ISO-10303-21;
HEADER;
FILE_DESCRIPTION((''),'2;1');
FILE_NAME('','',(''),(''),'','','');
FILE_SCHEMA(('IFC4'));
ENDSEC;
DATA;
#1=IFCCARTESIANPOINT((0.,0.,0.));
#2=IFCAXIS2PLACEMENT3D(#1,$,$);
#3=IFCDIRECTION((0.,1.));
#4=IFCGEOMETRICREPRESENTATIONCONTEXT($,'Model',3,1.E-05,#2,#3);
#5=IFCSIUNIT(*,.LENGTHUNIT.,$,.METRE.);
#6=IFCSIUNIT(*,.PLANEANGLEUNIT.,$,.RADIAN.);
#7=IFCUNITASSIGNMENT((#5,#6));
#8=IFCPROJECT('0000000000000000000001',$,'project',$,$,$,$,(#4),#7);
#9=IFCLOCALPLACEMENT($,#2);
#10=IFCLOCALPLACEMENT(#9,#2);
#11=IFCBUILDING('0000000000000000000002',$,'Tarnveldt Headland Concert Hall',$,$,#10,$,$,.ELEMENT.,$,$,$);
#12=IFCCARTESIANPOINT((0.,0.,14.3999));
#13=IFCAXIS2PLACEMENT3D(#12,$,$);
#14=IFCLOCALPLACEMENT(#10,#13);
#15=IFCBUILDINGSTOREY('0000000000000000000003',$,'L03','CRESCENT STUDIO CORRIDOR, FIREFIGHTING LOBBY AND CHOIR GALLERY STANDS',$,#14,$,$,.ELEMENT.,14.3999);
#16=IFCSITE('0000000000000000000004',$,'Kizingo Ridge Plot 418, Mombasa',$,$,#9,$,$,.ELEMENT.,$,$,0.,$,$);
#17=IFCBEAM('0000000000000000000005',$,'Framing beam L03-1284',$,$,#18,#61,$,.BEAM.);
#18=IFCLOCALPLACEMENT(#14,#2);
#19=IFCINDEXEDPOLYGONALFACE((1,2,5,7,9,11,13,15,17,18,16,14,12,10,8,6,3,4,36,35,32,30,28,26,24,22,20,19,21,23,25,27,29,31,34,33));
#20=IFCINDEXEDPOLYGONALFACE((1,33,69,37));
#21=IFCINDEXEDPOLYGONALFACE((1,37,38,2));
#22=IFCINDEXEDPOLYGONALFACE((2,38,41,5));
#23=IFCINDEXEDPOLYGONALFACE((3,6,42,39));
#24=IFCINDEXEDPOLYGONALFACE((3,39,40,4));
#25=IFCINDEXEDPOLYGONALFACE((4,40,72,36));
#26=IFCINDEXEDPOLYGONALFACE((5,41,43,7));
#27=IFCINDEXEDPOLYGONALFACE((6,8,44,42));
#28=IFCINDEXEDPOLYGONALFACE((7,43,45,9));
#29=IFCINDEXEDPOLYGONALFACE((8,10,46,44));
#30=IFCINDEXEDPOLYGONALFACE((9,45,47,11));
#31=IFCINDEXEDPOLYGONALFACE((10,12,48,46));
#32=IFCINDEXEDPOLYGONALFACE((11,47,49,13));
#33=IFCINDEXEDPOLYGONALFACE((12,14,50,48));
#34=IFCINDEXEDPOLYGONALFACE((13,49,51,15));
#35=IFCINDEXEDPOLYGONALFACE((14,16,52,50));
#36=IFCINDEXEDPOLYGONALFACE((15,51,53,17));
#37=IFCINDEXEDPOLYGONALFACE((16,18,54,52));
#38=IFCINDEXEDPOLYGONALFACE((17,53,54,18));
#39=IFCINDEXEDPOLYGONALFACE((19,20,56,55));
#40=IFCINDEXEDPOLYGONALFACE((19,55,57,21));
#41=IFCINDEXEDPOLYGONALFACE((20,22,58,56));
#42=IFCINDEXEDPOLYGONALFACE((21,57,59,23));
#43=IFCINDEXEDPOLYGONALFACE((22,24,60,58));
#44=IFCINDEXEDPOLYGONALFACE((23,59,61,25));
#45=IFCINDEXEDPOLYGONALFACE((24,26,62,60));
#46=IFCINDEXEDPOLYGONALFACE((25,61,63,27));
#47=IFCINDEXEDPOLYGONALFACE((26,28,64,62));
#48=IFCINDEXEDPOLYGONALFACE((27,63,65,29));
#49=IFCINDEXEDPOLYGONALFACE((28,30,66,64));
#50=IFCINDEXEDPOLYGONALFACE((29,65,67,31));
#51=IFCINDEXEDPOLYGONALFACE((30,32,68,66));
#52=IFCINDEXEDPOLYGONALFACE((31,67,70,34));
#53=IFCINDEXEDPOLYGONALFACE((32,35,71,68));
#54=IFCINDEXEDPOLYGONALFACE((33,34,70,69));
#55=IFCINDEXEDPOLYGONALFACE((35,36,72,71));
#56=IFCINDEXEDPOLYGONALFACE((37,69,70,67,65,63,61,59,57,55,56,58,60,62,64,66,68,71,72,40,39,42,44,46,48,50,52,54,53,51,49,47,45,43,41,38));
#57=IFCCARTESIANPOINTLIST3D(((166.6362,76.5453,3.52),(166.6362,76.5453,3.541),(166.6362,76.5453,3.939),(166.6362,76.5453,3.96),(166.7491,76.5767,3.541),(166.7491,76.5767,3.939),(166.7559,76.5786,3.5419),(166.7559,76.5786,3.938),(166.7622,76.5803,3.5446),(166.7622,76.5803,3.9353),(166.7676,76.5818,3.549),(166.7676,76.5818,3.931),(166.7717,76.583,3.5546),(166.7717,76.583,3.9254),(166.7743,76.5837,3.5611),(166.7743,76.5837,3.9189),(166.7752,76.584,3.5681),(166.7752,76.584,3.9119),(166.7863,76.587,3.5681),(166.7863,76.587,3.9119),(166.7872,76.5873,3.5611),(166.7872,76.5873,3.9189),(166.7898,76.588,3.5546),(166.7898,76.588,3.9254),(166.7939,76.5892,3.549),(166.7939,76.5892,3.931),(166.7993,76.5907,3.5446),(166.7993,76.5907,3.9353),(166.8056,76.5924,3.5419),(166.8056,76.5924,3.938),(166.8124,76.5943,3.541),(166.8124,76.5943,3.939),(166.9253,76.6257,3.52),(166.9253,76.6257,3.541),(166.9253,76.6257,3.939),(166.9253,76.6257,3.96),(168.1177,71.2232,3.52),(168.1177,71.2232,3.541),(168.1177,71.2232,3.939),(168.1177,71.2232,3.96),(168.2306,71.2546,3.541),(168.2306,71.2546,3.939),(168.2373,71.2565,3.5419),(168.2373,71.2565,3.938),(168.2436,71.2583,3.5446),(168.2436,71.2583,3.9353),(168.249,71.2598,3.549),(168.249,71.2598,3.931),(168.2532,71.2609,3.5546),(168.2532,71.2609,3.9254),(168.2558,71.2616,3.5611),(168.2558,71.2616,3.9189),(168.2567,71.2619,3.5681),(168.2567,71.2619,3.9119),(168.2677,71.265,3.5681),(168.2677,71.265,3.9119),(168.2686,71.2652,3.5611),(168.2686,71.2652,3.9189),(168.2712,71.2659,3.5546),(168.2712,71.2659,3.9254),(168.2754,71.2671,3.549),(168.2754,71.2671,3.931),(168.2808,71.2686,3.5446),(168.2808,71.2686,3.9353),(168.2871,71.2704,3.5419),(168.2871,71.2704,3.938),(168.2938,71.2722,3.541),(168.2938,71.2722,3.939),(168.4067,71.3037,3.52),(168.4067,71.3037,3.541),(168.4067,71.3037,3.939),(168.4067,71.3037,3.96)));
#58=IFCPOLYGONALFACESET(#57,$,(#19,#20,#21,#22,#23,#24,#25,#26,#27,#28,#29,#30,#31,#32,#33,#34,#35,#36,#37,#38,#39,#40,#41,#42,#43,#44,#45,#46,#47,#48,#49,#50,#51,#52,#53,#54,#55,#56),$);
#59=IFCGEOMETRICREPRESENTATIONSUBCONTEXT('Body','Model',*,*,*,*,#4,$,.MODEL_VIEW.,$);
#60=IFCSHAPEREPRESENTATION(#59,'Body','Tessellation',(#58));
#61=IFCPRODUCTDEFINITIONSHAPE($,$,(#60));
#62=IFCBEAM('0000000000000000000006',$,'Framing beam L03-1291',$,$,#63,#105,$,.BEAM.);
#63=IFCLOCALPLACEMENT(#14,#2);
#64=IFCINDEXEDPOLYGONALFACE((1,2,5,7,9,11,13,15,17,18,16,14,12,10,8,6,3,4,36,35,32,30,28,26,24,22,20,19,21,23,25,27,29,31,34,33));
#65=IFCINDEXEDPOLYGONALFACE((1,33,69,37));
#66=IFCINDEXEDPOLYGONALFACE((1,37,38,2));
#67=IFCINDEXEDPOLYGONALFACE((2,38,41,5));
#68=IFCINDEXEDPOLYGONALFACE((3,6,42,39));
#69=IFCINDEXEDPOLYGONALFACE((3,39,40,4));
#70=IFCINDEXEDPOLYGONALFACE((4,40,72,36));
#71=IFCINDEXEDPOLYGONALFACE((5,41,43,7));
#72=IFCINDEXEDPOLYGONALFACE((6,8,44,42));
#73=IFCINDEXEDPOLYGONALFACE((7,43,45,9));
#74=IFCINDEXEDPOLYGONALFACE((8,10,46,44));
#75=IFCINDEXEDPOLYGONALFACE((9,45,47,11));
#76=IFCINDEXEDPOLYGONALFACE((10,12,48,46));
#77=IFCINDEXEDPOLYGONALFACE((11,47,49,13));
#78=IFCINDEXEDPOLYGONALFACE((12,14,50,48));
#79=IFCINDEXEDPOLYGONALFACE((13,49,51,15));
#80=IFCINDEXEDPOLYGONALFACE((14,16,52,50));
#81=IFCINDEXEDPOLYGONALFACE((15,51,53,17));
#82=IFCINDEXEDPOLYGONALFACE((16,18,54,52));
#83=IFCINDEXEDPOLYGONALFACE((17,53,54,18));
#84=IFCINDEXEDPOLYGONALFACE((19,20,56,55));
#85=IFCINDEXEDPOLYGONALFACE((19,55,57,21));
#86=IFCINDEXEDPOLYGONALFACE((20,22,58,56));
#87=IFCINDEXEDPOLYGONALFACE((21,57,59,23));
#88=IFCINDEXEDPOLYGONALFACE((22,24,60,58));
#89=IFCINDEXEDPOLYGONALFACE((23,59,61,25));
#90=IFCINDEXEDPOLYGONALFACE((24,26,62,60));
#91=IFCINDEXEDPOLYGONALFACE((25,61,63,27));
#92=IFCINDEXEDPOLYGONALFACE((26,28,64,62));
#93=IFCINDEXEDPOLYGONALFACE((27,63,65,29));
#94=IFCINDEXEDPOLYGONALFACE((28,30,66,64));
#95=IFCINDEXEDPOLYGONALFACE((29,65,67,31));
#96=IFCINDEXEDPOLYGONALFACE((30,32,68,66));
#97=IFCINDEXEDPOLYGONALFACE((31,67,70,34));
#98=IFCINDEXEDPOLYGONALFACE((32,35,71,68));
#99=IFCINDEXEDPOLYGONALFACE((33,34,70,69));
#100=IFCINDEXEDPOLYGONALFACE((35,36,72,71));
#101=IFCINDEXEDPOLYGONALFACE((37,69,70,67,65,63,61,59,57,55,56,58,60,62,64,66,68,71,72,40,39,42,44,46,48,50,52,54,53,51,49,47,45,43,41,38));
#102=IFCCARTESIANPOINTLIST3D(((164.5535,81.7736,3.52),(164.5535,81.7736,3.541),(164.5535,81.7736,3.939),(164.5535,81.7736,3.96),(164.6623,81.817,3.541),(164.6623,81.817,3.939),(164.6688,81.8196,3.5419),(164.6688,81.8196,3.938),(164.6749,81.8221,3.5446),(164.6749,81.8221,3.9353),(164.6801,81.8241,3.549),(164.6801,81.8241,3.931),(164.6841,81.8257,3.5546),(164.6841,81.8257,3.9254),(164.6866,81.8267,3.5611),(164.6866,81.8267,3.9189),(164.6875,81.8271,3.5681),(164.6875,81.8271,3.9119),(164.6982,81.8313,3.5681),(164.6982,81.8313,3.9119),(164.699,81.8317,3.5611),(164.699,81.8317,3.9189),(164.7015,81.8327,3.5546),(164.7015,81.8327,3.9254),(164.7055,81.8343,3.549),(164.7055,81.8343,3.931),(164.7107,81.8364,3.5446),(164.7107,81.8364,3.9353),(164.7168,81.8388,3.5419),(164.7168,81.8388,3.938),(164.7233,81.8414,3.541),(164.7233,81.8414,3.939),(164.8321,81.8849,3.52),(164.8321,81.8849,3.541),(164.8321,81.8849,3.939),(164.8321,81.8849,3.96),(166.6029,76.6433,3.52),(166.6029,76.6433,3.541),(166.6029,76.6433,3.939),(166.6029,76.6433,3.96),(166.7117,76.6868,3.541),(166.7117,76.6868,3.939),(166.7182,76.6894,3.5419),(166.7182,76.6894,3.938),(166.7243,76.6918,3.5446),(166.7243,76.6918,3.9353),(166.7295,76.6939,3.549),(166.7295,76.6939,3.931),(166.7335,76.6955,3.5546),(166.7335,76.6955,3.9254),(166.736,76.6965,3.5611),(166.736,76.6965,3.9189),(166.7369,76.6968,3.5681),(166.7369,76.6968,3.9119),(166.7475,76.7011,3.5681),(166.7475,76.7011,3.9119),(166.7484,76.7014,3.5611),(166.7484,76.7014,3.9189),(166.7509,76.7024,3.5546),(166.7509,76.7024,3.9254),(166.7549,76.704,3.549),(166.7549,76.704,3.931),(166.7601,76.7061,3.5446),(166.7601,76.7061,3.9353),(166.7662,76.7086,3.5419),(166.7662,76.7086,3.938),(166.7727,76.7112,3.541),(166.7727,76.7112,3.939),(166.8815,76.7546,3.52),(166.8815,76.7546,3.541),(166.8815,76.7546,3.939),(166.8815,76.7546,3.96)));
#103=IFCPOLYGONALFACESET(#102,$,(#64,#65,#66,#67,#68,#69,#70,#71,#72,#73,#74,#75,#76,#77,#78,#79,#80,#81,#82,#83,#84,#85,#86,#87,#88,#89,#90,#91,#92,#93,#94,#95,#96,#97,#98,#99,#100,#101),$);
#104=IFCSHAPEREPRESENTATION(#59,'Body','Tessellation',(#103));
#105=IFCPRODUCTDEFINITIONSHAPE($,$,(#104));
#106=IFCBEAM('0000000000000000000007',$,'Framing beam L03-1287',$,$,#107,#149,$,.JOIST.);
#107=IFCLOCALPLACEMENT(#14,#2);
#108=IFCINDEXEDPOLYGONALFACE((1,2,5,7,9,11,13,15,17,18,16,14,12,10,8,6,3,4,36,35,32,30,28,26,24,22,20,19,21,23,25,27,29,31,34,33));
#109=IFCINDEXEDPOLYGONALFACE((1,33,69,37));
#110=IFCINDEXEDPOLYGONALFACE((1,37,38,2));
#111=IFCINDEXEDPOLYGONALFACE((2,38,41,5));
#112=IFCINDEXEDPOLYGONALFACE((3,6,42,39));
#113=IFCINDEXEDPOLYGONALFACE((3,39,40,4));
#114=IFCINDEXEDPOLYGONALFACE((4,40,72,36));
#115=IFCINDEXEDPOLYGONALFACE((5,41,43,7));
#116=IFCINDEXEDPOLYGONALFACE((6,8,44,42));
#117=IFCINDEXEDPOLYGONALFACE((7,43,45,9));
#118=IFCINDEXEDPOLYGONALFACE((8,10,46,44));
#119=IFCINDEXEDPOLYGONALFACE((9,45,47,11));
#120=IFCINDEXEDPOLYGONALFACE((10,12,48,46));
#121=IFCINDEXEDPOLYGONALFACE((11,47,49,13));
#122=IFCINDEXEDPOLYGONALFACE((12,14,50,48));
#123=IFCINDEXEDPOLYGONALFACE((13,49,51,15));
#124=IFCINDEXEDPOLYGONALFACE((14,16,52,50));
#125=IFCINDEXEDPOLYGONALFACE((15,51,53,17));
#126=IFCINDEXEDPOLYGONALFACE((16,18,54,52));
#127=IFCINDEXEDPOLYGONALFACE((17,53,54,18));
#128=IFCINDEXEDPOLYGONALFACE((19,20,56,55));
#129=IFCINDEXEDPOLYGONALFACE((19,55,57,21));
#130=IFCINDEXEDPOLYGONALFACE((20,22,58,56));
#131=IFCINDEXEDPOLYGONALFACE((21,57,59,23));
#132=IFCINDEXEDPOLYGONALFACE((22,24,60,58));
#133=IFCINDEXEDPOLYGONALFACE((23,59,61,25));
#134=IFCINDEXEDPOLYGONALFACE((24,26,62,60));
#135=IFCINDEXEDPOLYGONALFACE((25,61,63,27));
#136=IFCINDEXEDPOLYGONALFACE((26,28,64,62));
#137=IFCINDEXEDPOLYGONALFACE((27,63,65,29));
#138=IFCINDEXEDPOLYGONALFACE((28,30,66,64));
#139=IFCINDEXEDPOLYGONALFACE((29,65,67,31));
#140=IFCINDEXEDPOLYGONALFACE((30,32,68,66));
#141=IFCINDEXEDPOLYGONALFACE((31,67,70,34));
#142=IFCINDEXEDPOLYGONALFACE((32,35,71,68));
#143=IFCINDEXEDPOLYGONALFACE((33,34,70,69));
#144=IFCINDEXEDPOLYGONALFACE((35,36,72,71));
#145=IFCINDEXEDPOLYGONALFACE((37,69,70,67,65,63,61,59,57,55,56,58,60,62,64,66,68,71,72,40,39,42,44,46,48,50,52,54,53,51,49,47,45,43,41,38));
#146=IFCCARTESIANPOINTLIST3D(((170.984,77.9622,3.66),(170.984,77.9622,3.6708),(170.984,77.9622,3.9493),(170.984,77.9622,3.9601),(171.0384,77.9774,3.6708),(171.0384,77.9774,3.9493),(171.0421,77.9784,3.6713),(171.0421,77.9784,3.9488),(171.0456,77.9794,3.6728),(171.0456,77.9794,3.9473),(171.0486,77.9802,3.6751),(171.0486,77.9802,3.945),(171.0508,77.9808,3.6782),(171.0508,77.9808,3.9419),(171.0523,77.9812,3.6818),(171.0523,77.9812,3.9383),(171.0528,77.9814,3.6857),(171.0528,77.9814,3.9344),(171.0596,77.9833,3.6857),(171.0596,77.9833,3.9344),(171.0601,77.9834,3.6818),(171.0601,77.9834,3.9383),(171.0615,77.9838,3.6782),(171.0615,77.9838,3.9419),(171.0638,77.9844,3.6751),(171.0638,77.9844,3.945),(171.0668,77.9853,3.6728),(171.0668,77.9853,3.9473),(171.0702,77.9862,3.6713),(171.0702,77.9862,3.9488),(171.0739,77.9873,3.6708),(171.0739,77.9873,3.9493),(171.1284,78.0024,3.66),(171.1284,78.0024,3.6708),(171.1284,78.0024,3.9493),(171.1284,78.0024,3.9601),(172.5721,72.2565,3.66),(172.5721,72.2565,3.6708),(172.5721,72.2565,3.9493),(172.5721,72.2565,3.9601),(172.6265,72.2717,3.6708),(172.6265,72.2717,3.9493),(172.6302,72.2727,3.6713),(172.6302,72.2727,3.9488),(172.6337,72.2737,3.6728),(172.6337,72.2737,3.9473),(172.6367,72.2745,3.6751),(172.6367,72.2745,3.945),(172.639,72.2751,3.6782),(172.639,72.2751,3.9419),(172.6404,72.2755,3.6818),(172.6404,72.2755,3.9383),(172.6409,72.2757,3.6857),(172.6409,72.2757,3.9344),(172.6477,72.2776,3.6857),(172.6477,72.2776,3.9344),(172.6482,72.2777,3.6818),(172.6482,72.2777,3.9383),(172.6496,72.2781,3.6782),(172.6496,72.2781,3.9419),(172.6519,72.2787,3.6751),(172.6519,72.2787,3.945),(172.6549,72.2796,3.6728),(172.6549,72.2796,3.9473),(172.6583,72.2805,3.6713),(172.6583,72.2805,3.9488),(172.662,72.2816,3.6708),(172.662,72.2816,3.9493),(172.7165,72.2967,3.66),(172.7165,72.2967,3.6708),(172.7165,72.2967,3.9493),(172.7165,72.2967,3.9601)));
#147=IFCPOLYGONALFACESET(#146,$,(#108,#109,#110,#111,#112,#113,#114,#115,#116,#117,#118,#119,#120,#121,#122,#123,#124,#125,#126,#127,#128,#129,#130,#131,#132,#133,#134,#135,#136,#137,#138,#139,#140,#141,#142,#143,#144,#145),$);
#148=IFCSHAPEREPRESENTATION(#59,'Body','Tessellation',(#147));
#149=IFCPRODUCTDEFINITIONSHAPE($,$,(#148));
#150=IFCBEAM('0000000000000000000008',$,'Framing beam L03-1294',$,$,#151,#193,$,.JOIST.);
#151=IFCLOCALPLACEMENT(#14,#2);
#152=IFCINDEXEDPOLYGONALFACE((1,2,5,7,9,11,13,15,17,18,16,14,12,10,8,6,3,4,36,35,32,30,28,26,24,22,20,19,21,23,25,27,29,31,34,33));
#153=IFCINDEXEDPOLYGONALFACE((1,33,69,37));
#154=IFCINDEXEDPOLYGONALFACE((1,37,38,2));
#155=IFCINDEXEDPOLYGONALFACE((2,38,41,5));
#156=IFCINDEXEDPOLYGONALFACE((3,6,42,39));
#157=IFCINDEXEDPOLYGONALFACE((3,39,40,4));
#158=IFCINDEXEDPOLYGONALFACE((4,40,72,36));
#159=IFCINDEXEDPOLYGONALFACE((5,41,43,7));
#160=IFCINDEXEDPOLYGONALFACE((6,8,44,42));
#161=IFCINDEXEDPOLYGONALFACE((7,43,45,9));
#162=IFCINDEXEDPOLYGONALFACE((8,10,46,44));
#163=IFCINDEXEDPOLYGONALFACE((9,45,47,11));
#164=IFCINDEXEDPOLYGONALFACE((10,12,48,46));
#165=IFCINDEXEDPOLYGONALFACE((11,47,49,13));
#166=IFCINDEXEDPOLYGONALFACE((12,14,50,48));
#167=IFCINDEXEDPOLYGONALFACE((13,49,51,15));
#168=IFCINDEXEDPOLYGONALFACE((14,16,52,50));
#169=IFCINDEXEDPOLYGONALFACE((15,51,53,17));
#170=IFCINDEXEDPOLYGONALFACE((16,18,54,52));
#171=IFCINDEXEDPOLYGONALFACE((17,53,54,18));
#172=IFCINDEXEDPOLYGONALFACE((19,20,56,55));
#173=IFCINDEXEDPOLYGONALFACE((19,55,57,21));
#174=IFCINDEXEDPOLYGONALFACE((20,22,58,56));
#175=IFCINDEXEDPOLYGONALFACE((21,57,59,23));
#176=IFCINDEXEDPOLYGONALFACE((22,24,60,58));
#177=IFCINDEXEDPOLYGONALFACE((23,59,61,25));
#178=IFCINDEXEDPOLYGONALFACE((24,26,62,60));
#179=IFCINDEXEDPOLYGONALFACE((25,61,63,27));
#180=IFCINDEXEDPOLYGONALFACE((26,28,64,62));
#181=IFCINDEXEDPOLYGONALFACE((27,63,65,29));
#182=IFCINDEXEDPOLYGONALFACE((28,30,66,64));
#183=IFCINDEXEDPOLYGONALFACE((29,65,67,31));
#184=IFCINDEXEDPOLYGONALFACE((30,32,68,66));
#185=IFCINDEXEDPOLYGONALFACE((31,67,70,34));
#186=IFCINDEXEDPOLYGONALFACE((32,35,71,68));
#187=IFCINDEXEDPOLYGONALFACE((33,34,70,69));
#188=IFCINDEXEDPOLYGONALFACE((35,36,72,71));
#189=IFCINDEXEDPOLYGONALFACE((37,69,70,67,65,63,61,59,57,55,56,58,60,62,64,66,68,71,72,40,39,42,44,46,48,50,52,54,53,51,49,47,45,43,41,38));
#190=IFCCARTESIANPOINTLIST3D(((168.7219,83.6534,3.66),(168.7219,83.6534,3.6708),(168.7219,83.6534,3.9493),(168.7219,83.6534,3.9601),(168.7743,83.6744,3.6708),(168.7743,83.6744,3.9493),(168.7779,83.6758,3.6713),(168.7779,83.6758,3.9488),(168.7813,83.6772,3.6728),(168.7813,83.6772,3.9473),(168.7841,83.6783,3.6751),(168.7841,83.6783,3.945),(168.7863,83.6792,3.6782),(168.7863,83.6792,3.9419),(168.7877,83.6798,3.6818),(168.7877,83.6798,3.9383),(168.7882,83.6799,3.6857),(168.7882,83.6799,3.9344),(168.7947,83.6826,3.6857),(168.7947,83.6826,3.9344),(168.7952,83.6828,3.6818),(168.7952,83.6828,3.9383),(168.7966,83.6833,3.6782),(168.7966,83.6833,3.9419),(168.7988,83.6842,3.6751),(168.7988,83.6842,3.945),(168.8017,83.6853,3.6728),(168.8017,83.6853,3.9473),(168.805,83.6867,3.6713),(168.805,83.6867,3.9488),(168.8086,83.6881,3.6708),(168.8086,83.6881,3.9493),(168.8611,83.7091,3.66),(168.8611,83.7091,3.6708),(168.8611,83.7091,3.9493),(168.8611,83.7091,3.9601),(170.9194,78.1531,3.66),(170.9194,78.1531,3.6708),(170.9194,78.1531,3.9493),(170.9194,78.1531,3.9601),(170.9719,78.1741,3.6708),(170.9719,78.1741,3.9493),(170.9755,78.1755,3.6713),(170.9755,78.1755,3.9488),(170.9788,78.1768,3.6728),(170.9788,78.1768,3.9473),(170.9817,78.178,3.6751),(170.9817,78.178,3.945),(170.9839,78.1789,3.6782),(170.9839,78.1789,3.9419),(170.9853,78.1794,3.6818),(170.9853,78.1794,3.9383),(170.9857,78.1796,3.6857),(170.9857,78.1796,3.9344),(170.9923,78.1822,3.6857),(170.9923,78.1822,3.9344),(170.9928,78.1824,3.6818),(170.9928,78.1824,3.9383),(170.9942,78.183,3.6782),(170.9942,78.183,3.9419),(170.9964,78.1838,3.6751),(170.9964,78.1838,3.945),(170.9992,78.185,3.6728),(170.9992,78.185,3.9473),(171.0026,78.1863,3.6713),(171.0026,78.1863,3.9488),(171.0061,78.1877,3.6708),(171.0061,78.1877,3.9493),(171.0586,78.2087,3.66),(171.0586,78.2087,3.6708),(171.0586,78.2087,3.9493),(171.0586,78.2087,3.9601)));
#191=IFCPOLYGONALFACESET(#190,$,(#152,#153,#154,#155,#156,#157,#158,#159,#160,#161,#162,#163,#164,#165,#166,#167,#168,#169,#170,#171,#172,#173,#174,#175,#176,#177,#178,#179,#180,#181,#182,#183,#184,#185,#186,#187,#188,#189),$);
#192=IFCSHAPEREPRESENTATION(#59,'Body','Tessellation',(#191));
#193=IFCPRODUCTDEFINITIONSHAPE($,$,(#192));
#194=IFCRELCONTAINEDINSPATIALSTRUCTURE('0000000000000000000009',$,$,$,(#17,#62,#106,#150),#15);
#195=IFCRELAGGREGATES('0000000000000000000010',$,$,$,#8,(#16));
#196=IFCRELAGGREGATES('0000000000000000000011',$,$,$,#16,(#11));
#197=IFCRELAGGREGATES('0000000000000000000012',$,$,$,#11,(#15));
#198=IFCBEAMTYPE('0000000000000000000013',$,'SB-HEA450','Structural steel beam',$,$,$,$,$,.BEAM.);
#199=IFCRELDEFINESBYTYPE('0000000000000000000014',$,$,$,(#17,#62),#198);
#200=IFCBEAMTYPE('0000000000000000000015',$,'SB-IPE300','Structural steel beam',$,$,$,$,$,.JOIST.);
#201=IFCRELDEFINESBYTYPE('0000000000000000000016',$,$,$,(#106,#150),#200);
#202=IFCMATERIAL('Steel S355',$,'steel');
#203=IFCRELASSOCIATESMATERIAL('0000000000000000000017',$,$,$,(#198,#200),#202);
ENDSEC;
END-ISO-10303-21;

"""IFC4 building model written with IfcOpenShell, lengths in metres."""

from ifc_helpers import new_model, si_unit, direction, frame, origin, origin_2d, place, context, subcontext, project, spatial, i_section, extrude, material, material_profile, profile_set, type_object, element, save


model = new_model("IFC4")

# Units and contexts
model_context = context("Model", 3, precision=1e-05, world=origin(), true_north=direction((0.0, 1.0)))
body_context = subcontext(model_context, "Body", "Model", "MODEL_VIEW")
ifc_project = project(units=[si_unit("LENGTHUNIT", "METRE"), si_unit("PLANEANGLEUNIT", "RADIAN")], contexts=[model_context])

# Site, building, storey
site_placement = place(None, origin())
site = spatial("IfcSite", under=ifc_project, at=site_placement, Name="Kizingo Ridge Plot 418, Mombasa", CompositionType="ELEMENT", RefElevation=0.0)
building_placement = place(site_placement, origin())
building = spatial("IfcBuilding", under=site, at=building_placement, Name="Tarnveldt Headland Concert Hall", CompositionType="ELEMENT")
storey_placement = place(building_placement, frame((0.0, 0.0, 14.3999)))
storey = spatial("IfcBuildingStorey", under=building, at=storey_placement, Name="L03", Description="CRESCENT STUDIO CORRIDOR, FIREFIGHTING LOBBY AND CHOIR GALLERY STANDS", CompositionType="ELEMENT", Elevation=14.3999)

# Shared definitions
ifc_material_1 = material(Name="Steel S355", Category="steel")

# Beams
ifc_material_profile_1 = material_profile(ifc_material_1, i_section(OverallWidth=0.3, OverallDepth=0.4399, WebThickness=0.0115, FlangeThickness=0.021, FilletRadius=0.0271, at=origin_2d()), Name="HEA450", Category="steel")
ifc_profile_set_1 = profile_set([ifc_material_profile_1], Name="Steel S355")
beam_type_1 = type_object("IfcBeamType", Name="SB-HEA450", Description="Structural steel beam", PredefinedType="BEAM", material=ifc_profile_set_1)
for number, where, z_axis, x_axis, name in (
    (1, (168.2622, 71.2634, 3.74), (-0.268166, 0.963373, 0.0), (-0.963373, -0.268166, 0.0), "Framing beam L03-1284"),
    (2, (166.7422, 76.699, 3.74), (-0.370964, 0.928647, 0.0), (-0.928647, -0.370964, 0.0), "Framing beam L03-1291"),
):
    element("IfcBeam", number, at=place(storey_placement, frame(where, z_axis=z_axis, x_axis=x_axis)), inside=storey, type_object=beam_type_1, Name=name, PredefinedType="BEAM", context=body_context, shape_type="SweptSolid", body=[
        extrude(i_section(OverallWidth=0.3, OverallDepth=0.4399, WebThickness=0.0115, FlangeThickness=0.021, FilletRadius=0.0271, at=origin_2d()), origin(), (0.0, 0.0, 1.0), 5.5244),
    ])
ifc_material_profile_2 = material_profile(ifc_material_1, i_section(OverallWidth=0.1499, OverallDepth=0.3, WebThickness=0.0071, FlangeThickness=0.0107, FilletRadius=0.0149, at=origin_2d()), Name="IPE300", Category="steel")
ifc_profile_set_2 = profile_set([ifc_material_profile_2], Name="Steel S355")
beam_type_2 = type_object("IfcBeamType", Name="SB-IPE300", Description="Structural steel beam", PredefinedType="JOIST", material=ifc_profile_set_2)
beam_1_placement = place(storey_placement, frame((172.6443, 72.2766, 3.8101), z_axis=(-0.268143, 0.963379, 0.0), x_axis=(-0.963379, -0.268143, 0.0)))
element("IfcBeam", 3, at=beam_1_placement, inside=storey, type_object=beam_type_2, Name="Framing beam L03-1287", PredefinedType="JOIST", context=body_context, shape_type="SweptSolid", body=[
    extrude(i_section(OverallWidth=0.1499, OverallDepth=0.3, WebThickness=0.0071, FlangeThickness=0.0107, FilletRadius=0.0149, at=origin_2d()), origin(), (0.0, 0.0, 1.0), 5.9226),
])
beam_2_placement = place(storey_placement, frame((170.989, 78.1809, 3.8101), z_axis=(-0.371014, 0.928627, 0.0), x_axis=(-0.928627, -0.371014, 0.0)))
element("IfcBeam", 4, at=beam_2_placement, inside=storey, type_object=beam_type_2, Name="Framing beam L03-1294", PredefinedType="JOIST", context=body_context, shape_type="SweptSolid", body=[
    extrude(i_section(OverallWidth=0.1499, OverallDepth=0.3, WebThickness=0.0071, FlangeThickness=0.0107, FilletRadius=0.0149, at=origin_2d()), origin(), (0.0, 0.0, 1.0), 5.9231),
])

save(model, "model.ifc")
